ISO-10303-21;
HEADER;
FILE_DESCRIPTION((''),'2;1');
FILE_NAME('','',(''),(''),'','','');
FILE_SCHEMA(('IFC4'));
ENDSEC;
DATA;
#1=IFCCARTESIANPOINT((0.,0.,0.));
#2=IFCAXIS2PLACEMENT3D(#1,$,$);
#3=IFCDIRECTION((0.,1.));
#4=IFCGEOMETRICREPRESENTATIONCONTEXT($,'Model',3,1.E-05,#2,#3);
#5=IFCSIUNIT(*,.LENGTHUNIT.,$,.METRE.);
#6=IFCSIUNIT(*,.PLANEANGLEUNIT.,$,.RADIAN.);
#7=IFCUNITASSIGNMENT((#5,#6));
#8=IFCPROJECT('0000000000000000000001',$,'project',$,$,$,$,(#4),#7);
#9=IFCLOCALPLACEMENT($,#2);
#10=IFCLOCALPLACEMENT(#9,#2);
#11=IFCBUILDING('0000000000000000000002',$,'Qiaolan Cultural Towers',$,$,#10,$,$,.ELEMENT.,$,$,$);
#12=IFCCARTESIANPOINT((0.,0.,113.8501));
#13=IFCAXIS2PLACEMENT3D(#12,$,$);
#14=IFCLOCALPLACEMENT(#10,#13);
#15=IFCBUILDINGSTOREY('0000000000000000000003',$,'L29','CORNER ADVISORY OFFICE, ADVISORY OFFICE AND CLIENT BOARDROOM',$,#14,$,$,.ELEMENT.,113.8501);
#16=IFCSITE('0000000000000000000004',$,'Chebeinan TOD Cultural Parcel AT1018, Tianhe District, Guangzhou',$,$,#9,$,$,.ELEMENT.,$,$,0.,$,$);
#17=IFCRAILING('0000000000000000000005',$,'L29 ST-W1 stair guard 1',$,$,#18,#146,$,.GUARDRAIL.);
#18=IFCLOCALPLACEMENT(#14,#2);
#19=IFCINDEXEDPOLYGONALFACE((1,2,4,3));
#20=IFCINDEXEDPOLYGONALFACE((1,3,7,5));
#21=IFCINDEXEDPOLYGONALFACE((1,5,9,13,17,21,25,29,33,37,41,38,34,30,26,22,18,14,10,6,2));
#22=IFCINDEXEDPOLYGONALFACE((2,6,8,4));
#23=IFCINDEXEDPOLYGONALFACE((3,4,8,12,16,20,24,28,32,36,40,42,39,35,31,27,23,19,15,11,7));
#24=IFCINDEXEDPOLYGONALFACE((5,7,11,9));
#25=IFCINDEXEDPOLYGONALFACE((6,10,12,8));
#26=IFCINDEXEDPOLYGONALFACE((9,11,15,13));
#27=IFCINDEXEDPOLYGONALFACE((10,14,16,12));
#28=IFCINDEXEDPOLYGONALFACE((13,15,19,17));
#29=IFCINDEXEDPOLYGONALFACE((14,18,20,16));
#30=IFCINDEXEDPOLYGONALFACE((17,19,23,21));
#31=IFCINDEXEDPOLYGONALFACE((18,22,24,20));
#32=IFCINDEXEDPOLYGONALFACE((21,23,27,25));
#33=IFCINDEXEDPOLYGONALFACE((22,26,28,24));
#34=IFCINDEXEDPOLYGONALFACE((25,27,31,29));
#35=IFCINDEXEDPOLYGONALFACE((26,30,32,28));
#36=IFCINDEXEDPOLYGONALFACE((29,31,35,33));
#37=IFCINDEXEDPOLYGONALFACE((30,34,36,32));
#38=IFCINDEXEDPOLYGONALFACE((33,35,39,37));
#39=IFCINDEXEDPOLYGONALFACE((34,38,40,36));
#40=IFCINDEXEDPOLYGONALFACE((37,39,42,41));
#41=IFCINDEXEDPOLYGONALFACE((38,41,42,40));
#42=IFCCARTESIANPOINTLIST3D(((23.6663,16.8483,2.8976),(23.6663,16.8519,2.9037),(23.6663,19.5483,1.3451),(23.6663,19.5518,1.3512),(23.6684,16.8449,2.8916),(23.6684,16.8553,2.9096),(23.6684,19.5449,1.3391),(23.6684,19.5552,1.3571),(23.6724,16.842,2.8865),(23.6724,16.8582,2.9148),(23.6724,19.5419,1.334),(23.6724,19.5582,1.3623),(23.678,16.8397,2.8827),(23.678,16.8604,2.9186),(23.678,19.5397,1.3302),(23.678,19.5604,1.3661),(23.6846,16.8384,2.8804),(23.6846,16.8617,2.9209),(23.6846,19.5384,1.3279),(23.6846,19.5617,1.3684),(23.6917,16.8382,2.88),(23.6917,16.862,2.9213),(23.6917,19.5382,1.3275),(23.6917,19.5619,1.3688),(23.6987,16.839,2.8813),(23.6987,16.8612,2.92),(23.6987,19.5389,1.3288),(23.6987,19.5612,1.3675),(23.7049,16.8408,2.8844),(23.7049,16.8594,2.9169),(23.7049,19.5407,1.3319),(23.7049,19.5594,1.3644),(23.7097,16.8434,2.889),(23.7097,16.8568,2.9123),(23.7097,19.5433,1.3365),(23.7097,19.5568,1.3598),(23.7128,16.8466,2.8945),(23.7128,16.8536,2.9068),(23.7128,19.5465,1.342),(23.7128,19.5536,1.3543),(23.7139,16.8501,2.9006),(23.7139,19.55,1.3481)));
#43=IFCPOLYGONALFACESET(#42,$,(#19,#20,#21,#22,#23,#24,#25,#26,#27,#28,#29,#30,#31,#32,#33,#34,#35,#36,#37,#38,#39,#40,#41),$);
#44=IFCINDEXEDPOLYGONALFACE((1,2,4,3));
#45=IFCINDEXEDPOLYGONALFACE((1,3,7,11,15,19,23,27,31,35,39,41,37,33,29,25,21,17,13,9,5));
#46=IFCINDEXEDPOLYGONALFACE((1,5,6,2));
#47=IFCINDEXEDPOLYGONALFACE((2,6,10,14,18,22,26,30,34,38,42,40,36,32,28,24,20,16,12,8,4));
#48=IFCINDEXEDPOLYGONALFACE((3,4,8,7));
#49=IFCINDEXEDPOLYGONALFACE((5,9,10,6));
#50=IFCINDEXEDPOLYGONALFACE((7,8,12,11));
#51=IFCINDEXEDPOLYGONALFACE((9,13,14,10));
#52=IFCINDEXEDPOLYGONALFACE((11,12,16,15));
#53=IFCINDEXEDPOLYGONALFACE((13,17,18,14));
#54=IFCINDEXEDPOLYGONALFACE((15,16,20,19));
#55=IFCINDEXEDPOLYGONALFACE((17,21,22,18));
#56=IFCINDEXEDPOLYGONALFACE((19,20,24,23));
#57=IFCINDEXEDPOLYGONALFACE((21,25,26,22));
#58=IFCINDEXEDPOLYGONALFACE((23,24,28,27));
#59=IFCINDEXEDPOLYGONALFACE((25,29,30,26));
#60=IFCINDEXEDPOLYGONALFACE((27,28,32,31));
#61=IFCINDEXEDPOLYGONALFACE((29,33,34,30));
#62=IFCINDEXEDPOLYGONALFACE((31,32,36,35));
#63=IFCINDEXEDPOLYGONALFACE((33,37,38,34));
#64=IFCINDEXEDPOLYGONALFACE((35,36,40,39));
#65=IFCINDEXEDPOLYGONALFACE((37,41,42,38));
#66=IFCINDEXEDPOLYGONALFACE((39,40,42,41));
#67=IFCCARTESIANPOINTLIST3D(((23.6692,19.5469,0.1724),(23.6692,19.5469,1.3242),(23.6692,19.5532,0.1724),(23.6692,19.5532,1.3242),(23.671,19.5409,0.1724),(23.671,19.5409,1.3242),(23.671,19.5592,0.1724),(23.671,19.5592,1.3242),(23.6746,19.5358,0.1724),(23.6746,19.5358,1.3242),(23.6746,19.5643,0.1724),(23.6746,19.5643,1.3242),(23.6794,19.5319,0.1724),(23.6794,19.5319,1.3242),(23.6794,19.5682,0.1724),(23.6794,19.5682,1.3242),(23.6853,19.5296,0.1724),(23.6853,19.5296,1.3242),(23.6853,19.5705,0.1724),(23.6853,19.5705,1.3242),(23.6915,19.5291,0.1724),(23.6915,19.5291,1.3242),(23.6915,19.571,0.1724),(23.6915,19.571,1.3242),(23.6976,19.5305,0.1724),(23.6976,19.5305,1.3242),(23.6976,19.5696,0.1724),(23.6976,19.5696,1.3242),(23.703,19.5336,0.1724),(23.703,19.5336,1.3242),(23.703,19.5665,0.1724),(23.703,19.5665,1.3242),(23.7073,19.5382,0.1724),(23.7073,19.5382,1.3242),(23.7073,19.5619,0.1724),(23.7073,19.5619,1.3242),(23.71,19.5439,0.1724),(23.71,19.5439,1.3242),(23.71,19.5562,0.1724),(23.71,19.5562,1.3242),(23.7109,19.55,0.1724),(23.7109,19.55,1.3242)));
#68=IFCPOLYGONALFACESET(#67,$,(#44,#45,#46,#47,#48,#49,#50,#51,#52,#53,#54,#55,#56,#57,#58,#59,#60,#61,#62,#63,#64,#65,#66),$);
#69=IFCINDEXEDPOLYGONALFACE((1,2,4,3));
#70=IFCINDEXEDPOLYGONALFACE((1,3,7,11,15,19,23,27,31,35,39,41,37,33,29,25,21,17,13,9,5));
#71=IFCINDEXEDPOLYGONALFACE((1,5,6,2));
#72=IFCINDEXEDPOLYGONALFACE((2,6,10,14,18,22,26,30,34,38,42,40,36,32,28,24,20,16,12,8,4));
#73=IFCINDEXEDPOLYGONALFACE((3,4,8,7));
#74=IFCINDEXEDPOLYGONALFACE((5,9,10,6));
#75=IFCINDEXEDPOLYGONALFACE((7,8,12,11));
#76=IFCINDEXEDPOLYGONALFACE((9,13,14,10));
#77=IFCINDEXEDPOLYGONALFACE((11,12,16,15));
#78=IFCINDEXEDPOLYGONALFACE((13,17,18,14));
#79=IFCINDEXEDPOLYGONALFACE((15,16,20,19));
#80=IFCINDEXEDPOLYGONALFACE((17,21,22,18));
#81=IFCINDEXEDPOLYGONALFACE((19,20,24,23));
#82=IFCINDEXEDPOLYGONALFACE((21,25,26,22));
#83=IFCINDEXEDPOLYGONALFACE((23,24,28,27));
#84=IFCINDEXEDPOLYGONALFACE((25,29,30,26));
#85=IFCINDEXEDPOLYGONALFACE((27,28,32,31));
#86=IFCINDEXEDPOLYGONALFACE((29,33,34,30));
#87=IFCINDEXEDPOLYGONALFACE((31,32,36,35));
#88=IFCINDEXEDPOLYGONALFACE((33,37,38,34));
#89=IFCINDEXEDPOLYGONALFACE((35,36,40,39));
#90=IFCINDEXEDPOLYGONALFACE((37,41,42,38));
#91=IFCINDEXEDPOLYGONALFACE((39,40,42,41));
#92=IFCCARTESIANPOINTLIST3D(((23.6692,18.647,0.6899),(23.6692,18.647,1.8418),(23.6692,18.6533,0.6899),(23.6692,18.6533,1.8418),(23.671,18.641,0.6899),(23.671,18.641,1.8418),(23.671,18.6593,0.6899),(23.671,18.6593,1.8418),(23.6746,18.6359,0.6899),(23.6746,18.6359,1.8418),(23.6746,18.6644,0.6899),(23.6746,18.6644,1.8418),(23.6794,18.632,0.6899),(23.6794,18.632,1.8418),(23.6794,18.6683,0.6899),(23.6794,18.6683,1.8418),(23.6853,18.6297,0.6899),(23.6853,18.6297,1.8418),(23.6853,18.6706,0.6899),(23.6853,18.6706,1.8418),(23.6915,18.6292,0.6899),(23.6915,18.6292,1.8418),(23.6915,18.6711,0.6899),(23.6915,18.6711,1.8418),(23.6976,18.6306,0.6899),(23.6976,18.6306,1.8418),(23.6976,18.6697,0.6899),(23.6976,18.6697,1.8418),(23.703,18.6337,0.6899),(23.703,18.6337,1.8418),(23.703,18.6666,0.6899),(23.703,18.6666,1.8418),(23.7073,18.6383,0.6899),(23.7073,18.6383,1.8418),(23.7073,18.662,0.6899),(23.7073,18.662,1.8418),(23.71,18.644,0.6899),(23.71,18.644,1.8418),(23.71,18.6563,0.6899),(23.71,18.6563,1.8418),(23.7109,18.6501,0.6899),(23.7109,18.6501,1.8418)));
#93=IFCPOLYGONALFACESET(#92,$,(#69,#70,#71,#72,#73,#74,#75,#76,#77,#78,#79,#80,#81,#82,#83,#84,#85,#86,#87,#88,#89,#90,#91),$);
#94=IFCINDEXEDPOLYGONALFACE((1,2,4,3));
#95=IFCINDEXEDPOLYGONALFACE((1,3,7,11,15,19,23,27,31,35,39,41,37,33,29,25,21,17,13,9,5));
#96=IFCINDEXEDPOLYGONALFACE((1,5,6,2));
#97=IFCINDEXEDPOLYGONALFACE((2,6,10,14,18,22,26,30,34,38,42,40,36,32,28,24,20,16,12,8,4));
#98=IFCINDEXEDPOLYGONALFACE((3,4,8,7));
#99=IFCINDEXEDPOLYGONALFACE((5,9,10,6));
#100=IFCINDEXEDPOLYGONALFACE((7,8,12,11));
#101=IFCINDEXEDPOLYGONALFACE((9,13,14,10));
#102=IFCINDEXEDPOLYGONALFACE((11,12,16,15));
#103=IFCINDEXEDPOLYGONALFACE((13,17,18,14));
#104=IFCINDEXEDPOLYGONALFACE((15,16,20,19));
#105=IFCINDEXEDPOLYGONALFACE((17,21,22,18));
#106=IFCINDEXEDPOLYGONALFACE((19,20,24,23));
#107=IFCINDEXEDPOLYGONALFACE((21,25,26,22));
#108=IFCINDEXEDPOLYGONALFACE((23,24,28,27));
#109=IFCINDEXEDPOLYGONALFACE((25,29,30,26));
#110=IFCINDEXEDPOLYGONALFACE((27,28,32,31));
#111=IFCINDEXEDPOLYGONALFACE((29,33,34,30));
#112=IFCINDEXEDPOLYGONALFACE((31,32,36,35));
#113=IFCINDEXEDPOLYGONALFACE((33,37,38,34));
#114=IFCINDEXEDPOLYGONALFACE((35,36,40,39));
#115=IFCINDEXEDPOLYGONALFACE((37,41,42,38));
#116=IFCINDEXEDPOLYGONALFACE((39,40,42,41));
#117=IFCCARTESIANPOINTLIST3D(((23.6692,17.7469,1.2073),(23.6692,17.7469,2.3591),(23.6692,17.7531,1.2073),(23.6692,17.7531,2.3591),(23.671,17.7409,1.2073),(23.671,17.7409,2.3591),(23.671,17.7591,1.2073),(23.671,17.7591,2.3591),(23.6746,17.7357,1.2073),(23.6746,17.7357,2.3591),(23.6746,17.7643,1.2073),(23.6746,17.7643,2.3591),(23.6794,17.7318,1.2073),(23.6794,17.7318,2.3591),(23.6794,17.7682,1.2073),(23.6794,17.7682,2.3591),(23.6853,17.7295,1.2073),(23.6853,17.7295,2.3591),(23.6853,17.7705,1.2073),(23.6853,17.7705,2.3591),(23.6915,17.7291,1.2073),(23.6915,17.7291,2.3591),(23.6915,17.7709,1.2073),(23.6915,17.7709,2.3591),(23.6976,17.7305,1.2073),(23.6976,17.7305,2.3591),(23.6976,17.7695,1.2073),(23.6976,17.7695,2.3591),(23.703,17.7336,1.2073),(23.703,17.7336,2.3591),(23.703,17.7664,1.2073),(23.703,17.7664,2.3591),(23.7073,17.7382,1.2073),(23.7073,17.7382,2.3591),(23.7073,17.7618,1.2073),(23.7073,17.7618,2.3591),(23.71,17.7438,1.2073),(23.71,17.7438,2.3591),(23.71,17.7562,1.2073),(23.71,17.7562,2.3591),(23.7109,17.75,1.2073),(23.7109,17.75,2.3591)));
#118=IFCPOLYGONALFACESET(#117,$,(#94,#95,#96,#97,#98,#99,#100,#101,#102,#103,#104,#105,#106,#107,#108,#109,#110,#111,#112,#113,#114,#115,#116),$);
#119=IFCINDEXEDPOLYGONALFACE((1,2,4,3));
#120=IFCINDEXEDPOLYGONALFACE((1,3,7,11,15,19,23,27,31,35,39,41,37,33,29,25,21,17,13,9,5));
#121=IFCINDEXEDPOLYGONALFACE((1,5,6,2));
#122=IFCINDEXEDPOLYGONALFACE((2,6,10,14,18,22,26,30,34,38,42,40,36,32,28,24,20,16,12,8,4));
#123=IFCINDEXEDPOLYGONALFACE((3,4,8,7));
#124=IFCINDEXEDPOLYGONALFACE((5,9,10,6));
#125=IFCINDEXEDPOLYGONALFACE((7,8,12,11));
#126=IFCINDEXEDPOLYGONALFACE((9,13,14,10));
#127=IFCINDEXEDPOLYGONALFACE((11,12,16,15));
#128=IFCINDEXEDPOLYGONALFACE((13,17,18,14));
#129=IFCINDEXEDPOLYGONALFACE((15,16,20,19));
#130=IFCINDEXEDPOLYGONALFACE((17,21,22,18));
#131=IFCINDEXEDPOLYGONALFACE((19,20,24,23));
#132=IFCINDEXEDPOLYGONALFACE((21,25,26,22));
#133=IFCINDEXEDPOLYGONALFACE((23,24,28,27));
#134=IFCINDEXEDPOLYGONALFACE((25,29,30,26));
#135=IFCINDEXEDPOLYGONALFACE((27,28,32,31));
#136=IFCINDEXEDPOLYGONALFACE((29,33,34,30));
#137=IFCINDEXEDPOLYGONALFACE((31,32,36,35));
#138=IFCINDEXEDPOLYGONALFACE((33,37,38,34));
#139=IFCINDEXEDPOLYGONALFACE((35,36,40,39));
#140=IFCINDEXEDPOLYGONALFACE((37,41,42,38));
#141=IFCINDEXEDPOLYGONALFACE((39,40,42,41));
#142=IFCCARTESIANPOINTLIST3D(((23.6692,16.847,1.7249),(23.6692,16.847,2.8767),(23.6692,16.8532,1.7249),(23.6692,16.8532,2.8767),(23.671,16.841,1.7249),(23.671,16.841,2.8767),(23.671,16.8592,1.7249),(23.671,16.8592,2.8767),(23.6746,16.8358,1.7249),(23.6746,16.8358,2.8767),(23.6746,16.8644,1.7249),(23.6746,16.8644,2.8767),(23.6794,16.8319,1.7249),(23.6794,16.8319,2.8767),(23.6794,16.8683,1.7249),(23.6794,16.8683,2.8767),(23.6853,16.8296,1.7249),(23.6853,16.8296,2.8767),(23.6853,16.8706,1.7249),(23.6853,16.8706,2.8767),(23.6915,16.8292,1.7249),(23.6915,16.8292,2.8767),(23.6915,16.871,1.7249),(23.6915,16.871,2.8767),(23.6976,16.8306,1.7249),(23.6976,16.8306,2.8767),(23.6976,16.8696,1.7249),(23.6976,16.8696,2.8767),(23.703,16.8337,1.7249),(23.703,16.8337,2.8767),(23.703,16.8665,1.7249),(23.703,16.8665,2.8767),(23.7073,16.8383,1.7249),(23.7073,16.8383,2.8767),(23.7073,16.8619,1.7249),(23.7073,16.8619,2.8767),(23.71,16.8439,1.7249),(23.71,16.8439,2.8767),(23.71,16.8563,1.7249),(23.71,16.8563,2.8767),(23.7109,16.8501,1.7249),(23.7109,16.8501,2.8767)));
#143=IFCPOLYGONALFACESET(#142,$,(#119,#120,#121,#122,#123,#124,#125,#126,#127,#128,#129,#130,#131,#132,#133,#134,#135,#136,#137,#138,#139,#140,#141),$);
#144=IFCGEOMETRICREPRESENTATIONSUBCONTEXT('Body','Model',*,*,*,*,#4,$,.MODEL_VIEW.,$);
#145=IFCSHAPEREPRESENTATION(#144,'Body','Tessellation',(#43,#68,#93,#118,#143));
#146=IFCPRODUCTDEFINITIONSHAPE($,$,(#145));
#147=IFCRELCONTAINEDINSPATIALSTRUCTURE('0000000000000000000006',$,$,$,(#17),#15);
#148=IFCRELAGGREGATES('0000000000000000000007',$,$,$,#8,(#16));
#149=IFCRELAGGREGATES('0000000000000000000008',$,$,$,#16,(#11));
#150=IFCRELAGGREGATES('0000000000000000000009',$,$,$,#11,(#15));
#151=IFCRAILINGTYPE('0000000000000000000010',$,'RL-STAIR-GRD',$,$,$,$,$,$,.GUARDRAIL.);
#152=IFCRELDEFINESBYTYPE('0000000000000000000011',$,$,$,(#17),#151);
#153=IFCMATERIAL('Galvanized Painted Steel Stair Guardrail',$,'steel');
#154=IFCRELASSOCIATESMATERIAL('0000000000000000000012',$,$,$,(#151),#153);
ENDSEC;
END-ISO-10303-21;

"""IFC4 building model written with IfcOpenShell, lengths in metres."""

from ifc_helpers import new_model, si_unit, direction, frame, origin, origin_2d, place, context, subcontext, project, spatial, circle, extrude, material, type_object, element, save


model = new_model("IFC4")

# Units and contexts
model_context = context("Model", 3, precision=1e-05, world=origin(), true_north=direction((0.0, 1.0)))
body_context = subcontext(model_context, "Body", "Model", "MODEL_VIEW")
ifc_project = project(units=[si_unit("LENGTHUNIT", "METRE"), si_unit("PLANEANGLEUNIT", "RADIAN")], contexts=[model_context])

# Site, building, storey
site_placement = place(None, origin())
site = spatial("IfcSite", under=ifc_project, at=site_placement, Name="Chebeinan TOD Cultural Parcel AT1018, Tianhe District, Guangzhou", CompositionType="ELEMENT", RefElevation=0.0)
building_placement = place(site_placement, origin())
building = spatial("IfcBuilding", under=site, at=building_placement, Name="Qiaolan Cultural Towers", CompositionType="ELEMENT")
storey_placement = place(building_placement, frame((0.0, 0.0, 113.8501)))
storey = spatial("IfcBuildingStorey", under=building, at=storey_placement, Name="L29", Description="CORNER ADVISORY OFFICE, ADVISORY OFFICE AND CLIENT BOARDROOM", CompositionType="ELEMENT", Elevation=113.8501)

# Railing
ifc_material_1 = material(Name="Galvanized Painted Steel Stair Guardrail", Category="steel")
railing_type_1 = type_object("IfcRailingType", Name="RL-STAIR-GRD", PredefinedType="GUARDRAIL", material=ifc_material_1)
railing_1_placement = place(storey_placement, frame((23.6899, 19.55, 0.1724)))
element("IfcRailing", 1, at=railing_1_placement, inside=storey, type_object=railing_type_1, Name="L29 ST-W1 stair guard 1", PredefinedType="GUARDRAIL", context=body_context, shape_type="SweptSolid", body=[
    extrude(circle(Radius=0.0239, at=origin_2d()), frame((0.0, 0.0, 1.1758), z_axis=(0.0, -0.866904, 0.498476), x_axis=(1.0, 0.0, 0.0)), (0.0, 0.0, 1.0), 3.1145),
    extrude(circle(Radius=0.021, at=origin_2d()), origin(), (0.0, 0.0, 1.0), 1.1519),
    extrude(circle(Radius=0.021, at=origin_2d()), frame((0.0, -0.8999, 0.5176)), (0.0, 0.0, 1.0), 1.1519),
    extrude(circle(Radius=0.021, at=origin_2d()), frame((0.0, -1.8, 1.0349)), (0.0, 0.0, 1.0), 1.1519),
    extrude(circle(Radius=0.021, at=origin_2d()), frame((0.0, -2.7, 1.5525)), (0.0, 0.0, 1.0), 1.1519),
])

save(model, "model.ifc")
